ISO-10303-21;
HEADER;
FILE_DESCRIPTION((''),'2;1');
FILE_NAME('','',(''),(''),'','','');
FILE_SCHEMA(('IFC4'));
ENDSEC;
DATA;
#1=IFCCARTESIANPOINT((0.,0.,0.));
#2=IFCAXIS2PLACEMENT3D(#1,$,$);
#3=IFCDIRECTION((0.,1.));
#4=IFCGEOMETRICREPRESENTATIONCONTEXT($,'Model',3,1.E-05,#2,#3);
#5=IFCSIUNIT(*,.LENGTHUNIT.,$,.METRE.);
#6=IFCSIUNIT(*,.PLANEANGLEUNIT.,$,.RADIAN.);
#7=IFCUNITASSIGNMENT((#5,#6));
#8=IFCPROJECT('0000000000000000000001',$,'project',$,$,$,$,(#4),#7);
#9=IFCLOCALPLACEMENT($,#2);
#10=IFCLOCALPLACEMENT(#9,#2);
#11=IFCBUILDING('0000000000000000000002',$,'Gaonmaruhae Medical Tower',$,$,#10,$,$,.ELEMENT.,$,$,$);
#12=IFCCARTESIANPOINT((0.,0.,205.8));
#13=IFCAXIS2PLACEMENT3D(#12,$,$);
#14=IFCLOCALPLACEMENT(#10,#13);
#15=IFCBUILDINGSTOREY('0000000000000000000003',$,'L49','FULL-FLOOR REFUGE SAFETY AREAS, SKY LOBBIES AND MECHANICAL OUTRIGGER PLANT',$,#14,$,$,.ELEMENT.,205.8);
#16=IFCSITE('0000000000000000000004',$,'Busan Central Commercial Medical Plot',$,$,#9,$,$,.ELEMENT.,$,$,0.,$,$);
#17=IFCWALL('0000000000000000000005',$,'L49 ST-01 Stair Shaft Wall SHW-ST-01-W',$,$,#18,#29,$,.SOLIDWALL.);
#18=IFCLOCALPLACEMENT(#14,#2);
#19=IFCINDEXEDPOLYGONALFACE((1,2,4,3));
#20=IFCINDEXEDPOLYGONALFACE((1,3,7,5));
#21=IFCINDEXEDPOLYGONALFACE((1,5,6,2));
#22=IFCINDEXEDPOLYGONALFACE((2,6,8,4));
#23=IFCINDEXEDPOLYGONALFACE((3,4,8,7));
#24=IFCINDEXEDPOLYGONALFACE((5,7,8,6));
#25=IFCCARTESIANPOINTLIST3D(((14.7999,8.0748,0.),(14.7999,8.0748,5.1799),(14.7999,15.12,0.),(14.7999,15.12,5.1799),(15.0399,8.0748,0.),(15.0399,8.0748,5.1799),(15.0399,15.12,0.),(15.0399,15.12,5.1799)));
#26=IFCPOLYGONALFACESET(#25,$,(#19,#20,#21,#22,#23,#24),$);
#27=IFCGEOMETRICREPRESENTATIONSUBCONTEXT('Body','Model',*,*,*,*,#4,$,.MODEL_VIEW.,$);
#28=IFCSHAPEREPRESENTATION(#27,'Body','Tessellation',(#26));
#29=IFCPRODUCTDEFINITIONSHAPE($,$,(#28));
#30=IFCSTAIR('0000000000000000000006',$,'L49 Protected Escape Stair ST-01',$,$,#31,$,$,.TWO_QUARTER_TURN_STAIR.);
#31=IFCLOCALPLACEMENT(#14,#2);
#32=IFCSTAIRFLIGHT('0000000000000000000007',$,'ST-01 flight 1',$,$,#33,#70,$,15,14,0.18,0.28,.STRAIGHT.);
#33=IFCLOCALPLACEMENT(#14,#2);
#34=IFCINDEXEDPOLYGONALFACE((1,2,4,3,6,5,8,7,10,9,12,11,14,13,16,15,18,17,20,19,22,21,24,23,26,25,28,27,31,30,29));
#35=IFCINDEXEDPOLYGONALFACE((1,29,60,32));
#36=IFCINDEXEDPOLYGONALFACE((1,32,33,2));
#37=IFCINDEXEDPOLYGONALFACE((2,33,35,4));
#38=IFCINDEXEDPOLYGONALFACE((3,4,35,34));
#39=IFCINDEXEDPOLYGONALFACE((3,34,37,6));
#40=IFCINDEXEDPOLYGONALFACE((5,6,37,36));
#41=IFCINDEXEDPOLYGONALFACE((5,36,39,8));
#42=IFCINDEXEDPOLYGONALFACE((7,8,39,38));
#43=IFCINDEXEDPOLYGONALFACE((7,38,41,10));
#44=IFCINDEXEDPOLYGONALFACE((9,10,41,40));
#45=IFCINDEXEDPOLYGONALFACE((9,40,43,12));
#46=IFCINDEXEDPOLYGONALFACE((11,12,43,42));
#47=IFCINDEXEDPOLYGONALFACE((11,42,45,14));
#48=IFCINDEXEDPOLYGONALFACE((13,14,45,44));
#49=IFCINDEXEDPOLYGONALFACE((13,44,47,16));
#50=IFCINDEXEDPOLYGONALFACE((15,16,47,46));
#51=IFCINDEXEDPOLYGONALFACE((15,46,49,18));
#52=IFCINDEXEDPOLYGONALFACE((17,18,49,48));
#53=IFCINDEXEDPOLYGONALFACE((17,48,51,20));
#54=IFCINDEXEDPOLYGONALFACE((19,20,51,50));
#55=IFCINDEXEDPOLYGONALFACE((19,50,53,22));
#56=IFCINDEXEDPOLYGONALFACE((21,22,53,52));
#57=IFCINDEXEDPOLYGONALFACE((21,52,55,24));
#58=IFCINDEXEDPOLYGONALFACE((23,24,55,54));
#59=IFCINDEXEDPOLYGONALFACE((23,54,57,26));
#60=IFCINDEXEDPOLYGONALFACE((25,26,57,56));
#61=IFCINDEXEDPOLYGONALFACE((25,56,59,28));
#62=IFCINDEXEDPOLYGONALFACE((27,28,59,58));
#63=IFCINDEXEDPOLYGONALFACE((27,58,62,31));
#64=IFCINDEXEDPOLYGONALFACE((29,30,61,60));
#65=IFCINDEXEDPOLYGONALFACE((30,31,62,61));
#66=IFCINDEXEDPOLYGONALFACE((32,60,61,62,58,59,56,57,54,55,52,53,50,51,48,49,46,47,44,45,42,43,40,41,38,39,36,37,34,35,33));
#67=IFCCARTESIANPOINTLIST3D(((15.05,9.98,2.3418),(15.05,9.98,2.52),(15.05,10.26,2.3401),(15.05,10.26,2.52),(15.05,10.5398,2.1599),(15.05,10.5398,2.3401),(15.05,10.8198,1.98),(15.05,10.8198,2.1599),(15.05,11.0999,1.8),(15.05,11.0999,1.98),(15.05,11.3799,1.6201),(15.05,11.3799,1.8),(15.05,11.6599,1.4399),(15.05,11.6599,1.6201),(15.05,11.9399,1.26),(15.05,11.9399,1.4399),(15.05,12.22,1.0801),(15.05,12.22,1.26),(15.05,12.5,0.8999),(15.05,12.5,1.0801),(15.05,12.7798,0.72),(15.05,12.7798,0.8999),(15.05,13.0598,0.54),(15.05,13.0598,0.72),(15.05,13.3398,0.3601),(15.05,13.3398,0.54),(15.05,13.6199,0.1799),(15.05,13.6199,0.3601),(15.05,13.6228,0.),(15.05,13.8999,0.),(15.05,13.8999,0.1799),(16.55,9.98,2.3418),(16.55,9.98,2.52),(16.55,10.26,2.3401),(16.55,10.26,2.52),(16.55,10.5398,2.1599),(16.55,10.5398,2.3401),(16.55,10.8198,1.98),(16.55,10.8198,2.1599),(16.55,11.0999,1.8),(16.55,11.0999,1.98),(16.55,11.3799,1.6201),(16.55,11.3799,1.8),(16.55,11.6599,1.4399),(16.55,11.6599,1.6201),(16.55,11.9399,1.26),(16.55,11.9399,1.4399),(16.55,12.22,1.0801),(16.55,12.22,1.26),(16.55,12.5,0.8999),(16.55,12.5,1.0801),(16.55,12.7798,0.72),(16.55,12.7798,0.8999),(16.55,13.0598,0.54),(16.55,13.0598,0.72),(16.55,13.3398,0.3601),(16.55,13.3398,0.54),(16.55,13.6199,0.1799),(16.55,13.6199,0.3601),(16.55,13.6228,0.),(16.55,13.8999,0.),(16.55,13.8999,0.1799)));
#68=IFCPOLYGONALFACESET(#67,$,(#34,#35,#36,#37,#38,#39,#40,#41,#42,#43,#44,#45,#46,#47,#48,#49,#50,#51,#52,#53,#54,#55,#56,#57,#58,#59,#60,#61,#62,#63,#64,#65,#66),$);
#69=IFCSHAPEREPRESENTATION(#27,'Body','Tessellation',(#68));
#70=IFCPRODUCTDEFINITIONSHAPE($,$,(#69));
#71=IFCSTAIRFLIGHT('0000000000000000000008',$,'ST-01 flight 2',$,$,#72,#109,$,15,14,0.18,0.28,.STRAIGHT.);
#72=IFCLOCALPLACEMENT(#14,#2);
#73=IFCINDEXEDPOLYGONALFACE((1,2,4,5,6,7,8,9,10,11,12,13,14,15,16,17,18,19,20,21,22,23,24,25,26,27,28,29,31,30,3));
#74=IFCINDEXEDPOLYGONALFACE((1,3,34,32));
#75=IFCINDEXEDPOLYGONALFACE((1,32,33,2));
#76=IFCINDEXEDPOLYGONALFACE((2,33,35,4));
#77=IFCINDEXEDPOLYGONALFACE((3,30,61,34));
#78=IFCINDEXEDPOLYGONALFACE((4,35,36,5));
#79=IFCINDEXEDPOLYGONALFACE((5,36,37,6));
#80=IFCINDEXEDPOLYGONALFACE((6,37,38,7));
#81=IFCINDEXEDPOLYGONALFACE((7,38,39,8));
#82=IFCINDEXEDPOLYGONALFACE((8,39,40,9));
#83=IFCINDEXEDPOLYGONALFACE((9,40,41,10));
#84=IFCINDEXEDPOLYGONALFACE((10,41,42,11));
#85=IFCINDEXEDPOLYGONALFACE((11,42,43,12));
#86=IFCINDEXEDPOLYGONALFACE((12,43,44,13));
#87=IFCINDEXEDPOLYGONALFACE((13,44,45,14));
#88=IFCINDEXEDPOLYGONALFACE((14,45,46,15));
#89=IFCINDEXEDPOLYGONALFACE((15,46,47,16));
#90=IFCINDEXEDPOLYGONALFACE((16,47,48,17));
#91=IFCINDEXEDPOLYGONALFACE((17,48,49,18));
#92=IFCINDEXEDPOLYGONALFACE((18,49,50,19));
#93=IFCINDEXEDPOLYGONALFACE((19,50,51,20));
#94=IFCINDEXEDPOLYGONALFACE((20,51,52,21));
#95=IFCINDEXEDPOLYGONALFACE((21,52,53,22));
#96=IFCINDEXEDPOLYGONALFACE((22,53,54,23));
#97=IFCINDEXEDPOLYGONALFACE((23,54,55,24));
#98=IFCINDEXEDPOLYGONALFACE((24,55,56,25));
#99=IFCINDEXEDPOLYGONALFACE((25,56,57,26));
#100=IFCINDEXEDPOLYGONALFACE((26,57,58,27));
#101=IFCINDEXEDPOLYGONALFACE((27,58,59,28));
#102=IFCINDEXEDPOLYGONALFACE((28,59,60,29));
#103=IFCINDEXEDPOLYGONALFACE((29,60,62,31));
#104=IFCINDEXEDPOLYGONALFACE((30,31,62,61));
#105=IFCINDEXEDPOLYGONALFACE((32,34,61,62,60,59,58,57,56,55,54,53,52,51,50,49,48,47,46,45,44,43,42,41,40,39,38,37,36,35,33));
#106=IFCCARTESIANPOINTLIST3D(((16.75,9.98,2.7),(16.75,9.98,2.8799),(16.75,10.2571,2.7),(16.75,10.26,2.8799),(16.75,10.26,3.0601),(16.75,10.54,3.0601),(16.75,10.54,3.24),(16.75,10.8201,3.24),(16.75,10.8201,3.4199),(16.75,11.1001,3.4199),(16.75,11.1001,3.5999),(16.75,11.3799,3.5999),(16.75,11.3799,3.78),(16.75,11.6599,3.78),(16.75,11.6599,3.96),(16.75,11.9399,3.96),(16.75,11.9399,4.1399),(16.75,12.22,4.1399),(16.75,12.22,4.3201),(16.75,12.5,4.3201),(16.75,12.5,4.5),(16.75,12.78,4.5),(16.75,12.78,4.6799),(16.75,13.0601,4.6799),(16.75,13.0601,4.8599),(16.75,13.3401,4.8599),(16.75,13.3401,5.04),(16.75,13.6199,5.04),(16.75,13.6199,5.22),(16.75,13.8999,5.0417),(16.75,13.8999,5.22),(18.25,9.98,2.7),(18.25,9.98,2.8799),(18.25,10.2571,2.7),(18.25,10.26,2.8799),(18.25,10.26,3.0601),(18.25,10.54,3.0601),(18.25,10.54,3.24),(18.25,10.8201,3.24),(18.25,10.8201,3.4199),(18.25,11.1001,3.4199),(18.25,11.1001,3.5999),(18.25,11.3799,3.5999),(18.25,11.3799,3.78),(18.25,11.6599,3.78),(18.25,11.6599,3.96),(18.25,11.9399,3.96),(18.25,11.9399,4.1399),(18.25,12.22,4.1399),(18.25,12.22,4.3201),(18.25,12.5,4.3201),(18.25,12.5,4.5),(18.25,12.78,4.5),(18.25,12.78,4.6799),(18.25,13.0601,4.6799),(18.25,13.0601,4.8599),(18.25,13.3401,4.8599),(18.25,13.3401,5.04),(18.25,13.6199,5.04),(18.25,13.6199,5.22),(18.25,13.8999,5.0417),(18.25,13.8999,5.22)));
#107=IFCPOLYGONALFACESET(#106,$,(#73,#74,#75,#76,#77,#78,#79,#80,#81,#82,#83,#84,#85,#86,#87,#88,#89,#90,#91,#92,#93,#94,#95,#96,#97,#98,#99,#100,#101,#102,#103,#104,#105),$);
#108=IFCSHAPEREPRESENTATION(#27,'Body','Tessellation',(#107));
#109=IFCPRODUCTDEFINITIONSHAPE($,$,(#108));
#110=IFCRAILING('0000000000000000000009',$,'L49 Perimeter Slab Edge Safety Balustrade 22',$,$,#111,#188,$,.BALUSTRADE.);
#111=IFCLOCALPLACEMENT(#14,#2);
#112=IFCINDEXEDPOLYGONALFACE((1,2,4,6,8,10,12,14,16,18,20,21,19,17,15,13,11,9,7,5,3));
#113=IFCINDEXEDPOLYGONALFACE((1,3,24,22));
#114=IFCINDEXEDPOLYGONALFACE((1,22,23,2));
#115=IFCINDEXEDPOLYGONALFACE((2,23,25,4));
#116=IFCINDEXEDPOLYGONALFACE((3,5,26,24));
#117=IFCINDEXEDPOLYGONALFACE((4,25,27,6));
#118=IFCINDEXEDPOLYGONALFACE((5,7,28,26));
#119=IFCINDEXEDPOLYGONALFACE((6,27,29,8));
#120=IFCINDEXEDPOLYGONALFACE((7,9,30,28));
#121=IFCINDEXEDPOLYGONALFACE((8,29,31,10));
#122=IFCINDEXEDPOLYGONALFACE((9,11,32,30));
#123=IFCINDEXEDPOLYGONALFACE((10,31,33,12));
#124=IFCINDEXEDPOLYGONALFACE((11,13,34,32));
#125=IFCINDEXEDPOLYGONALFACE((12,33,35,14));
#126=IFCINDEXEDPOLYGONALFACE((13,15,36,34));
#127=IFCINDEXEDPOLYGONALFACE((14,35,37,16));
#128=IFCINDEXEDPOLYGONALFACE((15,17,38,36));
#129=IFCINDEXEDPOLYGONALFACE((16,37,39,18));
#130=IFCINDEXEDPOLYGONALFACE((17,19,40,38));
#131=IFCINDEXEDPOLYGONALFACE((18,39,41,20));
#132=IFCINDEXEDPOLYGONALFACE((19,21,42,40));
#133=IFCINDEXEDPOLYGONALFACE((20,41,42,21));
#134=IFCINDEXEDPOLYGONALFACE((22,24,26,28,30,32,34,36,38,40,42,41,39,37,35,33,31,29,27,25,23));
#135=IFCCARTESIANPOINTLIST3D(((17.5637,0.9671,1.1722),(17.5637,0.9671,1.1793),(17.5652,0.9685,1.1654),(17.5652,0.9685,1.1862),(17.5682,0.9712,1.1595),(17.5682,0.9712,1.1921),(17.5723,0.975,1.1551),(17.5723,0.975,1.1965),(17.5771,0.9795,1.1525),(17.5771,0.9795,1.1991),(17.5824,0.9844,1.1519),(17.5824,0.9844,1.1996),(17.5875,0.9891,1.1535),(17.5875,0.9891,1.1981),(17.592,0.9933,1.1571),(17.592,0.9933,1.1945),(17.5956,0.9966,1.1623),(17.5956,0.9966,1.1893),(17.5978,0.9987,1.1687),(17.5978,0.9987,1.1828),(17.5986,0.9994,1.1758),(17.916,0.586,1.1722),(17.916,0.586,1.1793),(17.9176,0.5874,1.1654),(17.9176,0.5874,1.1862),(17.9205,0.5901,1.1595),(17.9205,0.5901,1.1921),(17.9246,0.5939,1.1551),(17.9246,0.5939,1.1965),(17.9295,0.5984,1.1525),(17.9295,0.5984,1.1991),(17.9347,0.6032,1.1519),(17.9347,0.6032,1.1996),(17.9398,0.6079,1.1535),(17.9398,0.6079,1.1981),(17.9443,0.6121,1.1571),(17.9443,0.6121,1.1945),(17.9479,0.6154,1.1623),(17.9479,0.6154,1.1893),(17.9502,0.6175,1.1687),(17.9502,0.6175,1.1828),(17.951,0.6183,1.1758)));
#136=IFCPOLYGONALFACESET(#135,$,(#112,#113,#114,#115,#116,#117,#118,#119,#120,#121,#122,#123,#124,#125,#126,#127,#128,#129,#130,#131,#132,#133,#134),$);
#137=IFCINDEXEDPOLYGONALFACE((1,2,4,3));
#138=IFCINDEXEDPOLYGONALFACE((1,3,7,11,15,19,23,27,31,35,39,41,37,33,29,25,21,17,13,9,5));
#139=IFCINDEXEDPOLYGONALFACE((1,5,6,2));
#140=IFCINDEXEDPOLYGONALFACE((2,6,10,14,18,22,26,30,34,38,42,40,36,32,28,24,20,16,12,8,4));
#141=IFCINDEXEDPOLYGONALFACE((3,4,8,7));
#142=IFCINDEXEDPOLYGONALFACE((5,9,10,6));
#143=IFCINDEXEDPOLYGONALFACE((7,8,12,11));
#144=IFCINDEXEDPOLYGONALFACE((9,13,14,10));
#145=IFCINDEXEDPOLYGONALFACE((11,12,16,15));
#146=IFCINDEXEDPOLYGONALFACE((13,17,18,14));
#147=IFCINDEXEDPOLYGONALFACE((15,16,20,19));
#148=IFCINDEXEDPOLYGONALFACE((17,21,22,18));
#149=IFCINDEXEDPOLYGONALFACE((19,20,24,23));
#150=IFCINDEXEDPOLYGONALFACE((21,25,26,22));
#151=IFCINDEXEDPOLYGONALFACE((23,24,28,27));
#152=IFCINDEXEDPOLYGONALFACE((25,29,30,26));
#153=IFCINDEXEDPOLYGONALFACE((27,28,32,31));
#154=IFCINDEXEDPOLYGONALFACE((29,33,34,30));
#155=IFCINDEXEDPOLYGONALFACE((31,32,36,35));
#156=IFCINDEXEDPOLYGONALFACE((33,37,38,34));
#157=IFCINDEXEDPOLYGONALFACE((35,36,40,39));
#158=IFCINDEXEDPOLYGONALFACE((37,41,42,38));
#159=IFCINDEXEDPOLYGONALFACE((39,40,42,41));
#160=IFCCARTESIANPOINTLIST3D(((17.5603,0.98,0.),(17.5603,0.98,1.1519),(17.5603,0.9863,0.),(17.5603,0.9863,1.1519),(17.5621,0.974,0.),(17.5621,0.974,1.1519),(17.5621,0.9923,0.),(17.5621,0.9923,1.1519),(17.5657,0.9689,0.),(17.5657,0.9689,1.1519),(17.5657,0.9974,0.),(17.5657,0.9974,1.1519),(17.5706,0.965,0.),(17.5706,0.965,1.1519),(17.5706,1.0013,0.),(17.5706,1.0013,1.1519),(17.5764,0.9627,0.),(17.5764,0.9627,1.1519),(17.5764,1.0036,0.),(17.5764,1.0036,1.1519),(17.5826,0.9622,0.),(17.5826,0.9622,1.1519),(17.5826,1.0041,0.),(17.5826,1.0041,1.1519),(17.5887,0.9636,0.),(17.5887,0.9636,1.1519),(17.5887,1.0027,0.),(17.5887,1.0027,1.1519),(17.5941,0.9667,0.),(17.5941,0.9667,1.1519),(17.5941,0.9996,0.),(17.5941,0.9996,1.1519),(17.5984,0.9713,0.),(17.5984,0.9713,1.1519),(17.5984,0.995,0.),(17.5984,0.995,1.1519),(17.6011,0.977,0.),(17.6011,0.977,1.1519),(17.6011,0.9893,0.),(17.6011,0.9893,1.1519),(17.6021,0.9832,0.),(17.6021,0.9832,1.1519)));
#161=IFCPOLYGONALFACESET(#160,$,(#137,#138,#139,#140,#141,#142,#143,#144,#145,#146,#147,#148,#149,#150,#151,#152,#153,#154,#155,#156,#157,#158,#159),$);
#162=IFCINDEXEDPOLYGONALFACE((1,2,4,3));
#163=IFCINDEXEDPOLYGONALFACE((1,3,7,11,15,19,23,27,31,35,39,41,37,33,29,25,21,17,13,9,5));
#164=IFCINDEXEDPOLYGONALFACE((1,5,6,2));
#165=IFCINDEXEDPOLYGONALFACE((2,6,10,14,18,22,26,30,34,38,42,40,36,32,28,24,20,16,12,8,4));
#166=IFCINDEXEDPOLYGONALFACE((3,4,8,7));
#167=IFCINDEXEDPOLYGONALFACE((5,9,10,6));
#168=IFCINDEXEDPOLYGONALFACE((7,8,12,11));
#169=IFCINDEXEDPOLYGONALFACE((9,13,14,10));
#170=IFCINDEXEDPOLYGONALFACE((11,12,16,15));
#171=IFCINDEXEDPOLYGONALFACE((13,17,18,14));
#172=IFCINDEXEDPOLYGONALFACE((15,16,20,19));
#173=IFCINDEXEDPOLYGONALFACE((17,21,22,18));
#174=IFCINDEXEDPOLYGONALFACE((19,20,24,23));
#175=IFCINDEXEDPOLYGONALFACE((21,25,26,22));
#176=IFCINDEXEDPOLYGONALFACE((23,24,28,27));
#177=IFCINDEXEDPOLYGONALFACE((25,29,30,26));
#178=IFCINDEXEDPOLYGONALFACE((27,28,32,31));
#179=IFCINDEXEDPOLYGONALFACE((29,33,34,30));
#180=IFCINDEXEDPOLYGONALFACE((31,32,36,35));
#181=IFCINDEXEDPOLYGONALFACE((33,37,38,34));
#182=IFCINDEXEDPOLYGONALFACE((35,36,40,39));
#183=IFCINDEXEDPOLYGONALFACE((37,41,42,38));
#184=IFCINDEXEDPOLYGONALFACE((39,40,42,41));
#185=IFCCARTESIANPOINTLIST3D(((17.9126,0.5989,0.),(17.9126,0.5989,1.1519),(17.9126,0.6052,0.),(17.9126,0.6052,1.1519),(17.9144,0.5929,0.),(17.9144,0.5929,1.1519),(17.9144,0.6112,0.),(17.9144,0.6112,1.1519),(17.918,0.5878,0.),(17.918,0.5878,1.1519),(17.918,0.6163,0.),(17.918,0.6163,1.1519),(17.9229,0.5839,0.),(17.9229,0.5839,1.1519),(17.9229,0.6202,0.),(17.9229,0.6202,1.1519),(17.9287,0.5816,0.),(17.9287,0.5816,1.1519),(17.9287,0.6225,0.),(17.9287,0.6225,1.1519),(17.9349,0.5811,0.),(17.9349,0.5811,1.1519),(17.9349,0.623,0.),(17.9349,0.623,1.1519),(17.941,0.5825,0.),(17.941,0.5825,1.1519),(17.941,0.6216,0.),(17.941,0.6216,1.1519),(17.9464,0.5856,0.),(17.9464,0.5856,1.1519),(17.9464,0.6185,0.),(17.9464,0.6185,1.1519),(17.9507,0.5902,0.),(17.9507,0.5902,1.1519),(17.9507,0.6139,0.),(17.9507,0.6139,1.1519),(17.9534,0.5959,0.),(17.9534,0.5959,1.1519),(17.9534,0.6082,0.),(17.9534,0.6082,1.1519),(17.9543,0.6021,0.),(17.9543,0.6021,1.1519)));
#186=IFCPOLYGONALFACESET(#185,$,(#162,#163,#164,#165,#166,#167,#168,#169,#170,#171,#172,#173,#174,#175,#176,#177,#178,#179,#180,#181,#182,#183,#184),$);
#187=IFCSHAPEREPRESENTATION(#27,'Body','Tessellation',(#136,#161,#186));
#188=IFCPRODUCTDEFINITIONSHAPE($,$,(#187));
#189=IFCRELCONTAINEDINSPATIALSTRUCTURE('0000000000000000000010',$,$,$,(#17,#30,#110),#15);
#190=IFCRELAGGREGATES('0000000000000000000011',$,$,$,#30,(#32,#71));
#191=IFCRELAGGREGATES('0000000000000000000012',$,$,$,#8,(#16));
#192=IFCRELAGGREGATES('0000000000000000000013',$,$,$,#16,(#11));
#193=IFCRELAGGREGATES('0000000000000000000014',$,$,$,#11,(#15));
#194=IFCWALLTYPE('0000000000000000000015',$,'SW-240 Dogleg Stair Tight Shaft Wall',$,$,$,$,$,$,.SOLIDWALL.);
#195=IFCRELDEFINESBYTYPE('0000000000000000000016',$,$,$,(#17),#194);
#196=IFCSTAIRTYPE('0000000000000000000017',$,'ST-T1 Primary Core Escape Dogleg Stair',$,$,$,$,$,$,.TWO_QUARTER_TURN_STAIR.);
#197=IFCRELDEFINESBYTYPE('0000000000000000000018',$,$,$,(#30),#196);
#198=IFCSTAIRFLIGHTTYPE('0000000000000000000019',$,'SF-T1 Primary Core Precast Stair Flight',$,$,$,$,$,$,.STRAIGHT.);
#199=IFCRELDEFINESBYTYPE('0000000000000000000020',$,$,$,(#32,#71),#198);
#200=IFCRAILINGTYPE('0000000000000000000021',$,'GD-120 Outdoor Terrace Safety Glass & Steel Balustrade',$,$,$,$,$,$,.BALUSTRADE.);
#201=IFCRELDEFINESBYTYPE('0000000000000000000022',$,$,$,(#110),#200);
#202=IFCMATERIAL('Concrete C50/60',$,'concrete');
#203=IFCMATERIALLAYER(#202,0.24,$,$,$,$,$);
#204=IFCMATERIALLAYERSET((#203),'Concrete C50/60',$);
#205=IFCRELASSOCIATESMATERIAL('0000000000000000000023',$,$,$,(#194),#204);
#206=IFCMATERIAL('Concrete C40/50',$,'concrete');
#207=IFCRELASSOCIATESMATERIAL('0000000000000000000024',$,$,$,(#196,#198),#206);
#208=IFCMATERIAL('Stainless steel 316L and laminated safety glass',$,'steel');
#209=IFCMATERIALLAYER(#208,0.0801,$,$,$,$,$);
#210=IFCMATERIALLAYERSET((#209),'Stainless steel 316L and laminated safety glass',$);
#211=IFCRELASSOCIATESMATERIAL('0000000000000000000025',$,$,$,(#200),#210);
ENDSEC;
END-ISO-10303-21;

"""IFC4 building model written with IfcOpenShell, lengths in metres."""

from ifc_helpers import new_model, si_unit, direction, frame, frame_2d, origin, origin_2d, place, context, subcontext, project, spatial, polyline, rectangle, circle, outline, extrude, material, layer, layer_set, type_object, element, aggregate, save


model = new_model("IFC4")

# Units and contexts
model_context = context("Model", 3, precision=1e-05, world=origin(), true_north=direction((0.0, 1.0)))
body_context = subcontext(model_context, "Body", "Model", "MODEL_VIEW")
ifc_project = project(units=[si_unit("LENGTHUNIT", "METRE"), si_unit("PLANEANGLEUNIT", "RADIAN")], contexts=[model_context])

# Site, building, storey
site_placement = place(None, origin())
site = spatial("IfcSite", under=ifc_project, at=site_placement, Name="Busan Central Commercial Medical Plot", CompositionType="ELEMENT", RefElevation=0.0)
building_placement = place(site_placement, origin())
building = spatial("IfcBuilding", under=site, at=building_placement, Name="Gaonmaruhae Medical Tower", CompositionType="ELEMENT")
storey_placement = place(building_placement, frame((0.0, 0.0, 205.8)))
storey = spatial("IfcBuildingStorey", under=building, at=storey_placement, Name="L49", Description="FULL-FLOOR REFUGE SAFETY AREAS, SKY LOBBIES AND MECHANICAL OUTRIGGER PLANT", CompositionType="ELEMENT", Elevation=205.8)

# Shared definitions
ifc_material_1 = material(Name="Concrete C50/60", Category="concrete")

# Shared definitions
ifc_layer_1 = layer(ifc_material_1, 0.24)
ifc_layer_set_1 = layer_set([ifc_layer_1], Name="Concrete C50/60")
wall_type_1 = type_object("IfcWallType", Name="SW-240 Dogleg Stair Tight Shaft Wall", PredefinedType="SOLIDWALL", material=ifc_layer_set_1)

# Wall
for number, where, z_axis, x_axis, name in (
    (1, (14.9199, 8.075, 0.0), (0.0, 0.0, 1.0), (0.0, 1.0, 0.0), "L49 ST-01 Stair Shaft Wall SHW-ST-01-W"),
):
    element("IfcWall", number, at=place(storey_placement, frame(where, z_axis=z_axis, x_axis=x_axis)), inside=storey, type_object=wall_type_1, Name=name, PredefinedType="SOLIDWALL", context=body_context, shape_type="SweptSolid", body=[
        extrude(rectangle(XDim=7.0452, YDim=0.24, at=frame_2d((3.5225, 0.0))), origin(), (0.0, 0.0, 1.0), 5.1799),
    ])

# Stair, stair flights
ifc_material_2 = material(Name="Concrete C40/50", Category="concrete")
stair_type = type_object("IfcStairType", Name="ST-T1 Primary Core Escape Dogleg Stair", PredefinedType="TWO_QUARTER_TURN_STAIR", material=ifc_material_2)
stair_placement = place(storey_placement, origin())
stair = element("IfcStair", 2, at=stair_placement, inside=storey, type_object=stair_type, Name="L49 Protected Escape Stair ST-01", PredefinedType="TWO_QUARTER_TURN_STAIR")
stair_flight_type = type_object("IfcStairFlightType", Name="SF-T1 Primary Core Precast Stair Flight", PredefinedType="STRAIGHT", material=ifc_material_2)
stair_flight_1_placement = place(storey_placement, frame((15.8, 13.8999, 0.0), z_axis=(0.0, 0.0, 1.0), x_axis=(0.0, -1.0, 0.0)))
stair_flight_1 = element("IfcStairFlight", 3, at=stair_flight_1_placement, type_object=stair_flight_type, Name="ST-01 flight 1", NumberOfRisers=15, NumberOfTreads=14, PredefinedType="STRAIGHT", RiserHeight=0.18, TreadLength=0.28, context=body_context, shape_type="SweptSolid", body=[
    extrude(outline(polyline([(0.0, 0.0), (0.0, 0.1799), (0.28, 0.1799), (0.28, 0.3601), (0.5601, 0.3601), (0.5601, 0.54), (0.8401, 0.54), (0.8401, 0.72), (1.1201, 0.72), (1.1201, 0.8999), (1.3999, 0.8999), (1.3999, 1.0801), (1.6799, 1.0801), (1.6799, 1.26), (1.96, 1.26), (1.96, 1.4399), (2.24, 1.4399), (2.24, 1.6201), (2.52, 1.6201), (2.52, 1.8), (2.8, 1.8), (2.8, 1.98), (3.0801, 1.98), (3.0801, 2.1599), (3.3601, 2.1599), (3.3601, 2.3401), (3.6399, 2.3401), (3.6399, 2.52), (3.9199, 2.52), (3.9199, 2.7), (3.9199, 2.3418), (0.2771, 0.0), (0.0, 0.0)])), frame((0.0, 0.75, 0.0), z_axis=(0.0, -1.0, 0.0), x_axis=(1.0, 0.0, 0.0)), (0.0, 0.0, 1.0), 1.5),
])
stair_flight_2_placement = place(storey_placement, frame((17.5, 9.98, 2.7), z_axis=(0.0, 0.0, 1.0), x_axis=(0.0, 1.0, 0.0)))
stair_flight_2 = element("IfcStairFlight", 4, at=stair_flight_2_placement, type_object=stair_flight_type, Name="ST-01 flight 2", NumberOfRisers=15, NumberOfTreads=14, PredefinedType="STRAIGHT", RiserHeight=0.18, TreadLength=0.28, context=body_context, shape_type="SweptSolid", body=[
    extrude(outline(polyline([(0.0, 0.0), (0.0, 0.1799), (0.28, 0.1799), (0.28, 0.3601), (0.5601, 0.3601), (0.5601, 0.54), (0.8401, 0.54), (0.8401, 0.72), (1.1201, 0.72), (1.1201, 0.8999), (1.3999, 0.8999), (1.3999, 1.0801), (1.6799, 1.0801), (1.6799, 1.26), (1.96, 1.26), (1.96, 1.4399), (2.24, 1.4399), (2.24, 1.6201), (2.52, 1.6201), (2.52, 1.8), (2.8, 1.8), (2.8, 1.98), (3.0801, 1.98), (3.0801, 2.1599), (3.3601, 2.1599), (3.3601, 2.3401), (3.6399, 2.3401), (3.6399, 2.52), (3.9199, 2.52), (3.9199, 2.7), (3.9199, 2.3418), (0.2771, 0.0), (0.0, 0.0)])), frame((0.0, 0.75, 0.0), z_axis=(0.0, -1.0, 0.0), x_axis=(1.0, 0.0, 0.0)), (0.0, 0.0, 1.0), 1.5),
])
aggregate(stair, [stair_flight_1, stair_flight_2])

# Railing
ifc_material_3 = material(Name="Stainless steel 316L and laminated safety glass", Category="steel")
ifc_layer_2 = layer(ifc_material_3, 0.0801)
ifc_layer_set_2 = layer_set([ifc_layer_2], Name="Stainless steel 316L and laminated safety glass")
railing_type_1 = type_object("IfcRailingType", Name="GD-120 Outdoor Terrace Safety Glass & Steel Balustrade", PredefinedType="BALUSTRADE", material=ifc_layer_set_2)
railing_1_placement = place(storey_placement, frame((17.5811, 0.9832, 0.0)))
element("IfcRailing", 5, at=railing_1_placement, inside=storey, type_object=railing_type_1, Name="L49 Perimeter Slab Edge Safety Balustrade 22", PredefinedType="BALUSTRADE", context=body_context, shape_type="SweptSolid", body=[
    extrude(circle(Radius=0.0239, at=origin_2d()), frame((0.0, 0.0, 1.1758), z_axis=(0.678807, -0.734316, 0.0), x_axis=(0.734316, 0.678807, 0.0)), (0.0, 0.0, 1.0), 0.519),
    extrude(circle(Radius=0.021, at=origin_2d()), origin(), (0.0, 0.0, 1.0), 1.1519),
    extrude(circle(Radius=0.021, at=origin_2d()), frame((0.3523, -0.3811, 0.0)), (0.0, 0.0, 1.0), 1.1519),
])

save(model, "model.ifc")
